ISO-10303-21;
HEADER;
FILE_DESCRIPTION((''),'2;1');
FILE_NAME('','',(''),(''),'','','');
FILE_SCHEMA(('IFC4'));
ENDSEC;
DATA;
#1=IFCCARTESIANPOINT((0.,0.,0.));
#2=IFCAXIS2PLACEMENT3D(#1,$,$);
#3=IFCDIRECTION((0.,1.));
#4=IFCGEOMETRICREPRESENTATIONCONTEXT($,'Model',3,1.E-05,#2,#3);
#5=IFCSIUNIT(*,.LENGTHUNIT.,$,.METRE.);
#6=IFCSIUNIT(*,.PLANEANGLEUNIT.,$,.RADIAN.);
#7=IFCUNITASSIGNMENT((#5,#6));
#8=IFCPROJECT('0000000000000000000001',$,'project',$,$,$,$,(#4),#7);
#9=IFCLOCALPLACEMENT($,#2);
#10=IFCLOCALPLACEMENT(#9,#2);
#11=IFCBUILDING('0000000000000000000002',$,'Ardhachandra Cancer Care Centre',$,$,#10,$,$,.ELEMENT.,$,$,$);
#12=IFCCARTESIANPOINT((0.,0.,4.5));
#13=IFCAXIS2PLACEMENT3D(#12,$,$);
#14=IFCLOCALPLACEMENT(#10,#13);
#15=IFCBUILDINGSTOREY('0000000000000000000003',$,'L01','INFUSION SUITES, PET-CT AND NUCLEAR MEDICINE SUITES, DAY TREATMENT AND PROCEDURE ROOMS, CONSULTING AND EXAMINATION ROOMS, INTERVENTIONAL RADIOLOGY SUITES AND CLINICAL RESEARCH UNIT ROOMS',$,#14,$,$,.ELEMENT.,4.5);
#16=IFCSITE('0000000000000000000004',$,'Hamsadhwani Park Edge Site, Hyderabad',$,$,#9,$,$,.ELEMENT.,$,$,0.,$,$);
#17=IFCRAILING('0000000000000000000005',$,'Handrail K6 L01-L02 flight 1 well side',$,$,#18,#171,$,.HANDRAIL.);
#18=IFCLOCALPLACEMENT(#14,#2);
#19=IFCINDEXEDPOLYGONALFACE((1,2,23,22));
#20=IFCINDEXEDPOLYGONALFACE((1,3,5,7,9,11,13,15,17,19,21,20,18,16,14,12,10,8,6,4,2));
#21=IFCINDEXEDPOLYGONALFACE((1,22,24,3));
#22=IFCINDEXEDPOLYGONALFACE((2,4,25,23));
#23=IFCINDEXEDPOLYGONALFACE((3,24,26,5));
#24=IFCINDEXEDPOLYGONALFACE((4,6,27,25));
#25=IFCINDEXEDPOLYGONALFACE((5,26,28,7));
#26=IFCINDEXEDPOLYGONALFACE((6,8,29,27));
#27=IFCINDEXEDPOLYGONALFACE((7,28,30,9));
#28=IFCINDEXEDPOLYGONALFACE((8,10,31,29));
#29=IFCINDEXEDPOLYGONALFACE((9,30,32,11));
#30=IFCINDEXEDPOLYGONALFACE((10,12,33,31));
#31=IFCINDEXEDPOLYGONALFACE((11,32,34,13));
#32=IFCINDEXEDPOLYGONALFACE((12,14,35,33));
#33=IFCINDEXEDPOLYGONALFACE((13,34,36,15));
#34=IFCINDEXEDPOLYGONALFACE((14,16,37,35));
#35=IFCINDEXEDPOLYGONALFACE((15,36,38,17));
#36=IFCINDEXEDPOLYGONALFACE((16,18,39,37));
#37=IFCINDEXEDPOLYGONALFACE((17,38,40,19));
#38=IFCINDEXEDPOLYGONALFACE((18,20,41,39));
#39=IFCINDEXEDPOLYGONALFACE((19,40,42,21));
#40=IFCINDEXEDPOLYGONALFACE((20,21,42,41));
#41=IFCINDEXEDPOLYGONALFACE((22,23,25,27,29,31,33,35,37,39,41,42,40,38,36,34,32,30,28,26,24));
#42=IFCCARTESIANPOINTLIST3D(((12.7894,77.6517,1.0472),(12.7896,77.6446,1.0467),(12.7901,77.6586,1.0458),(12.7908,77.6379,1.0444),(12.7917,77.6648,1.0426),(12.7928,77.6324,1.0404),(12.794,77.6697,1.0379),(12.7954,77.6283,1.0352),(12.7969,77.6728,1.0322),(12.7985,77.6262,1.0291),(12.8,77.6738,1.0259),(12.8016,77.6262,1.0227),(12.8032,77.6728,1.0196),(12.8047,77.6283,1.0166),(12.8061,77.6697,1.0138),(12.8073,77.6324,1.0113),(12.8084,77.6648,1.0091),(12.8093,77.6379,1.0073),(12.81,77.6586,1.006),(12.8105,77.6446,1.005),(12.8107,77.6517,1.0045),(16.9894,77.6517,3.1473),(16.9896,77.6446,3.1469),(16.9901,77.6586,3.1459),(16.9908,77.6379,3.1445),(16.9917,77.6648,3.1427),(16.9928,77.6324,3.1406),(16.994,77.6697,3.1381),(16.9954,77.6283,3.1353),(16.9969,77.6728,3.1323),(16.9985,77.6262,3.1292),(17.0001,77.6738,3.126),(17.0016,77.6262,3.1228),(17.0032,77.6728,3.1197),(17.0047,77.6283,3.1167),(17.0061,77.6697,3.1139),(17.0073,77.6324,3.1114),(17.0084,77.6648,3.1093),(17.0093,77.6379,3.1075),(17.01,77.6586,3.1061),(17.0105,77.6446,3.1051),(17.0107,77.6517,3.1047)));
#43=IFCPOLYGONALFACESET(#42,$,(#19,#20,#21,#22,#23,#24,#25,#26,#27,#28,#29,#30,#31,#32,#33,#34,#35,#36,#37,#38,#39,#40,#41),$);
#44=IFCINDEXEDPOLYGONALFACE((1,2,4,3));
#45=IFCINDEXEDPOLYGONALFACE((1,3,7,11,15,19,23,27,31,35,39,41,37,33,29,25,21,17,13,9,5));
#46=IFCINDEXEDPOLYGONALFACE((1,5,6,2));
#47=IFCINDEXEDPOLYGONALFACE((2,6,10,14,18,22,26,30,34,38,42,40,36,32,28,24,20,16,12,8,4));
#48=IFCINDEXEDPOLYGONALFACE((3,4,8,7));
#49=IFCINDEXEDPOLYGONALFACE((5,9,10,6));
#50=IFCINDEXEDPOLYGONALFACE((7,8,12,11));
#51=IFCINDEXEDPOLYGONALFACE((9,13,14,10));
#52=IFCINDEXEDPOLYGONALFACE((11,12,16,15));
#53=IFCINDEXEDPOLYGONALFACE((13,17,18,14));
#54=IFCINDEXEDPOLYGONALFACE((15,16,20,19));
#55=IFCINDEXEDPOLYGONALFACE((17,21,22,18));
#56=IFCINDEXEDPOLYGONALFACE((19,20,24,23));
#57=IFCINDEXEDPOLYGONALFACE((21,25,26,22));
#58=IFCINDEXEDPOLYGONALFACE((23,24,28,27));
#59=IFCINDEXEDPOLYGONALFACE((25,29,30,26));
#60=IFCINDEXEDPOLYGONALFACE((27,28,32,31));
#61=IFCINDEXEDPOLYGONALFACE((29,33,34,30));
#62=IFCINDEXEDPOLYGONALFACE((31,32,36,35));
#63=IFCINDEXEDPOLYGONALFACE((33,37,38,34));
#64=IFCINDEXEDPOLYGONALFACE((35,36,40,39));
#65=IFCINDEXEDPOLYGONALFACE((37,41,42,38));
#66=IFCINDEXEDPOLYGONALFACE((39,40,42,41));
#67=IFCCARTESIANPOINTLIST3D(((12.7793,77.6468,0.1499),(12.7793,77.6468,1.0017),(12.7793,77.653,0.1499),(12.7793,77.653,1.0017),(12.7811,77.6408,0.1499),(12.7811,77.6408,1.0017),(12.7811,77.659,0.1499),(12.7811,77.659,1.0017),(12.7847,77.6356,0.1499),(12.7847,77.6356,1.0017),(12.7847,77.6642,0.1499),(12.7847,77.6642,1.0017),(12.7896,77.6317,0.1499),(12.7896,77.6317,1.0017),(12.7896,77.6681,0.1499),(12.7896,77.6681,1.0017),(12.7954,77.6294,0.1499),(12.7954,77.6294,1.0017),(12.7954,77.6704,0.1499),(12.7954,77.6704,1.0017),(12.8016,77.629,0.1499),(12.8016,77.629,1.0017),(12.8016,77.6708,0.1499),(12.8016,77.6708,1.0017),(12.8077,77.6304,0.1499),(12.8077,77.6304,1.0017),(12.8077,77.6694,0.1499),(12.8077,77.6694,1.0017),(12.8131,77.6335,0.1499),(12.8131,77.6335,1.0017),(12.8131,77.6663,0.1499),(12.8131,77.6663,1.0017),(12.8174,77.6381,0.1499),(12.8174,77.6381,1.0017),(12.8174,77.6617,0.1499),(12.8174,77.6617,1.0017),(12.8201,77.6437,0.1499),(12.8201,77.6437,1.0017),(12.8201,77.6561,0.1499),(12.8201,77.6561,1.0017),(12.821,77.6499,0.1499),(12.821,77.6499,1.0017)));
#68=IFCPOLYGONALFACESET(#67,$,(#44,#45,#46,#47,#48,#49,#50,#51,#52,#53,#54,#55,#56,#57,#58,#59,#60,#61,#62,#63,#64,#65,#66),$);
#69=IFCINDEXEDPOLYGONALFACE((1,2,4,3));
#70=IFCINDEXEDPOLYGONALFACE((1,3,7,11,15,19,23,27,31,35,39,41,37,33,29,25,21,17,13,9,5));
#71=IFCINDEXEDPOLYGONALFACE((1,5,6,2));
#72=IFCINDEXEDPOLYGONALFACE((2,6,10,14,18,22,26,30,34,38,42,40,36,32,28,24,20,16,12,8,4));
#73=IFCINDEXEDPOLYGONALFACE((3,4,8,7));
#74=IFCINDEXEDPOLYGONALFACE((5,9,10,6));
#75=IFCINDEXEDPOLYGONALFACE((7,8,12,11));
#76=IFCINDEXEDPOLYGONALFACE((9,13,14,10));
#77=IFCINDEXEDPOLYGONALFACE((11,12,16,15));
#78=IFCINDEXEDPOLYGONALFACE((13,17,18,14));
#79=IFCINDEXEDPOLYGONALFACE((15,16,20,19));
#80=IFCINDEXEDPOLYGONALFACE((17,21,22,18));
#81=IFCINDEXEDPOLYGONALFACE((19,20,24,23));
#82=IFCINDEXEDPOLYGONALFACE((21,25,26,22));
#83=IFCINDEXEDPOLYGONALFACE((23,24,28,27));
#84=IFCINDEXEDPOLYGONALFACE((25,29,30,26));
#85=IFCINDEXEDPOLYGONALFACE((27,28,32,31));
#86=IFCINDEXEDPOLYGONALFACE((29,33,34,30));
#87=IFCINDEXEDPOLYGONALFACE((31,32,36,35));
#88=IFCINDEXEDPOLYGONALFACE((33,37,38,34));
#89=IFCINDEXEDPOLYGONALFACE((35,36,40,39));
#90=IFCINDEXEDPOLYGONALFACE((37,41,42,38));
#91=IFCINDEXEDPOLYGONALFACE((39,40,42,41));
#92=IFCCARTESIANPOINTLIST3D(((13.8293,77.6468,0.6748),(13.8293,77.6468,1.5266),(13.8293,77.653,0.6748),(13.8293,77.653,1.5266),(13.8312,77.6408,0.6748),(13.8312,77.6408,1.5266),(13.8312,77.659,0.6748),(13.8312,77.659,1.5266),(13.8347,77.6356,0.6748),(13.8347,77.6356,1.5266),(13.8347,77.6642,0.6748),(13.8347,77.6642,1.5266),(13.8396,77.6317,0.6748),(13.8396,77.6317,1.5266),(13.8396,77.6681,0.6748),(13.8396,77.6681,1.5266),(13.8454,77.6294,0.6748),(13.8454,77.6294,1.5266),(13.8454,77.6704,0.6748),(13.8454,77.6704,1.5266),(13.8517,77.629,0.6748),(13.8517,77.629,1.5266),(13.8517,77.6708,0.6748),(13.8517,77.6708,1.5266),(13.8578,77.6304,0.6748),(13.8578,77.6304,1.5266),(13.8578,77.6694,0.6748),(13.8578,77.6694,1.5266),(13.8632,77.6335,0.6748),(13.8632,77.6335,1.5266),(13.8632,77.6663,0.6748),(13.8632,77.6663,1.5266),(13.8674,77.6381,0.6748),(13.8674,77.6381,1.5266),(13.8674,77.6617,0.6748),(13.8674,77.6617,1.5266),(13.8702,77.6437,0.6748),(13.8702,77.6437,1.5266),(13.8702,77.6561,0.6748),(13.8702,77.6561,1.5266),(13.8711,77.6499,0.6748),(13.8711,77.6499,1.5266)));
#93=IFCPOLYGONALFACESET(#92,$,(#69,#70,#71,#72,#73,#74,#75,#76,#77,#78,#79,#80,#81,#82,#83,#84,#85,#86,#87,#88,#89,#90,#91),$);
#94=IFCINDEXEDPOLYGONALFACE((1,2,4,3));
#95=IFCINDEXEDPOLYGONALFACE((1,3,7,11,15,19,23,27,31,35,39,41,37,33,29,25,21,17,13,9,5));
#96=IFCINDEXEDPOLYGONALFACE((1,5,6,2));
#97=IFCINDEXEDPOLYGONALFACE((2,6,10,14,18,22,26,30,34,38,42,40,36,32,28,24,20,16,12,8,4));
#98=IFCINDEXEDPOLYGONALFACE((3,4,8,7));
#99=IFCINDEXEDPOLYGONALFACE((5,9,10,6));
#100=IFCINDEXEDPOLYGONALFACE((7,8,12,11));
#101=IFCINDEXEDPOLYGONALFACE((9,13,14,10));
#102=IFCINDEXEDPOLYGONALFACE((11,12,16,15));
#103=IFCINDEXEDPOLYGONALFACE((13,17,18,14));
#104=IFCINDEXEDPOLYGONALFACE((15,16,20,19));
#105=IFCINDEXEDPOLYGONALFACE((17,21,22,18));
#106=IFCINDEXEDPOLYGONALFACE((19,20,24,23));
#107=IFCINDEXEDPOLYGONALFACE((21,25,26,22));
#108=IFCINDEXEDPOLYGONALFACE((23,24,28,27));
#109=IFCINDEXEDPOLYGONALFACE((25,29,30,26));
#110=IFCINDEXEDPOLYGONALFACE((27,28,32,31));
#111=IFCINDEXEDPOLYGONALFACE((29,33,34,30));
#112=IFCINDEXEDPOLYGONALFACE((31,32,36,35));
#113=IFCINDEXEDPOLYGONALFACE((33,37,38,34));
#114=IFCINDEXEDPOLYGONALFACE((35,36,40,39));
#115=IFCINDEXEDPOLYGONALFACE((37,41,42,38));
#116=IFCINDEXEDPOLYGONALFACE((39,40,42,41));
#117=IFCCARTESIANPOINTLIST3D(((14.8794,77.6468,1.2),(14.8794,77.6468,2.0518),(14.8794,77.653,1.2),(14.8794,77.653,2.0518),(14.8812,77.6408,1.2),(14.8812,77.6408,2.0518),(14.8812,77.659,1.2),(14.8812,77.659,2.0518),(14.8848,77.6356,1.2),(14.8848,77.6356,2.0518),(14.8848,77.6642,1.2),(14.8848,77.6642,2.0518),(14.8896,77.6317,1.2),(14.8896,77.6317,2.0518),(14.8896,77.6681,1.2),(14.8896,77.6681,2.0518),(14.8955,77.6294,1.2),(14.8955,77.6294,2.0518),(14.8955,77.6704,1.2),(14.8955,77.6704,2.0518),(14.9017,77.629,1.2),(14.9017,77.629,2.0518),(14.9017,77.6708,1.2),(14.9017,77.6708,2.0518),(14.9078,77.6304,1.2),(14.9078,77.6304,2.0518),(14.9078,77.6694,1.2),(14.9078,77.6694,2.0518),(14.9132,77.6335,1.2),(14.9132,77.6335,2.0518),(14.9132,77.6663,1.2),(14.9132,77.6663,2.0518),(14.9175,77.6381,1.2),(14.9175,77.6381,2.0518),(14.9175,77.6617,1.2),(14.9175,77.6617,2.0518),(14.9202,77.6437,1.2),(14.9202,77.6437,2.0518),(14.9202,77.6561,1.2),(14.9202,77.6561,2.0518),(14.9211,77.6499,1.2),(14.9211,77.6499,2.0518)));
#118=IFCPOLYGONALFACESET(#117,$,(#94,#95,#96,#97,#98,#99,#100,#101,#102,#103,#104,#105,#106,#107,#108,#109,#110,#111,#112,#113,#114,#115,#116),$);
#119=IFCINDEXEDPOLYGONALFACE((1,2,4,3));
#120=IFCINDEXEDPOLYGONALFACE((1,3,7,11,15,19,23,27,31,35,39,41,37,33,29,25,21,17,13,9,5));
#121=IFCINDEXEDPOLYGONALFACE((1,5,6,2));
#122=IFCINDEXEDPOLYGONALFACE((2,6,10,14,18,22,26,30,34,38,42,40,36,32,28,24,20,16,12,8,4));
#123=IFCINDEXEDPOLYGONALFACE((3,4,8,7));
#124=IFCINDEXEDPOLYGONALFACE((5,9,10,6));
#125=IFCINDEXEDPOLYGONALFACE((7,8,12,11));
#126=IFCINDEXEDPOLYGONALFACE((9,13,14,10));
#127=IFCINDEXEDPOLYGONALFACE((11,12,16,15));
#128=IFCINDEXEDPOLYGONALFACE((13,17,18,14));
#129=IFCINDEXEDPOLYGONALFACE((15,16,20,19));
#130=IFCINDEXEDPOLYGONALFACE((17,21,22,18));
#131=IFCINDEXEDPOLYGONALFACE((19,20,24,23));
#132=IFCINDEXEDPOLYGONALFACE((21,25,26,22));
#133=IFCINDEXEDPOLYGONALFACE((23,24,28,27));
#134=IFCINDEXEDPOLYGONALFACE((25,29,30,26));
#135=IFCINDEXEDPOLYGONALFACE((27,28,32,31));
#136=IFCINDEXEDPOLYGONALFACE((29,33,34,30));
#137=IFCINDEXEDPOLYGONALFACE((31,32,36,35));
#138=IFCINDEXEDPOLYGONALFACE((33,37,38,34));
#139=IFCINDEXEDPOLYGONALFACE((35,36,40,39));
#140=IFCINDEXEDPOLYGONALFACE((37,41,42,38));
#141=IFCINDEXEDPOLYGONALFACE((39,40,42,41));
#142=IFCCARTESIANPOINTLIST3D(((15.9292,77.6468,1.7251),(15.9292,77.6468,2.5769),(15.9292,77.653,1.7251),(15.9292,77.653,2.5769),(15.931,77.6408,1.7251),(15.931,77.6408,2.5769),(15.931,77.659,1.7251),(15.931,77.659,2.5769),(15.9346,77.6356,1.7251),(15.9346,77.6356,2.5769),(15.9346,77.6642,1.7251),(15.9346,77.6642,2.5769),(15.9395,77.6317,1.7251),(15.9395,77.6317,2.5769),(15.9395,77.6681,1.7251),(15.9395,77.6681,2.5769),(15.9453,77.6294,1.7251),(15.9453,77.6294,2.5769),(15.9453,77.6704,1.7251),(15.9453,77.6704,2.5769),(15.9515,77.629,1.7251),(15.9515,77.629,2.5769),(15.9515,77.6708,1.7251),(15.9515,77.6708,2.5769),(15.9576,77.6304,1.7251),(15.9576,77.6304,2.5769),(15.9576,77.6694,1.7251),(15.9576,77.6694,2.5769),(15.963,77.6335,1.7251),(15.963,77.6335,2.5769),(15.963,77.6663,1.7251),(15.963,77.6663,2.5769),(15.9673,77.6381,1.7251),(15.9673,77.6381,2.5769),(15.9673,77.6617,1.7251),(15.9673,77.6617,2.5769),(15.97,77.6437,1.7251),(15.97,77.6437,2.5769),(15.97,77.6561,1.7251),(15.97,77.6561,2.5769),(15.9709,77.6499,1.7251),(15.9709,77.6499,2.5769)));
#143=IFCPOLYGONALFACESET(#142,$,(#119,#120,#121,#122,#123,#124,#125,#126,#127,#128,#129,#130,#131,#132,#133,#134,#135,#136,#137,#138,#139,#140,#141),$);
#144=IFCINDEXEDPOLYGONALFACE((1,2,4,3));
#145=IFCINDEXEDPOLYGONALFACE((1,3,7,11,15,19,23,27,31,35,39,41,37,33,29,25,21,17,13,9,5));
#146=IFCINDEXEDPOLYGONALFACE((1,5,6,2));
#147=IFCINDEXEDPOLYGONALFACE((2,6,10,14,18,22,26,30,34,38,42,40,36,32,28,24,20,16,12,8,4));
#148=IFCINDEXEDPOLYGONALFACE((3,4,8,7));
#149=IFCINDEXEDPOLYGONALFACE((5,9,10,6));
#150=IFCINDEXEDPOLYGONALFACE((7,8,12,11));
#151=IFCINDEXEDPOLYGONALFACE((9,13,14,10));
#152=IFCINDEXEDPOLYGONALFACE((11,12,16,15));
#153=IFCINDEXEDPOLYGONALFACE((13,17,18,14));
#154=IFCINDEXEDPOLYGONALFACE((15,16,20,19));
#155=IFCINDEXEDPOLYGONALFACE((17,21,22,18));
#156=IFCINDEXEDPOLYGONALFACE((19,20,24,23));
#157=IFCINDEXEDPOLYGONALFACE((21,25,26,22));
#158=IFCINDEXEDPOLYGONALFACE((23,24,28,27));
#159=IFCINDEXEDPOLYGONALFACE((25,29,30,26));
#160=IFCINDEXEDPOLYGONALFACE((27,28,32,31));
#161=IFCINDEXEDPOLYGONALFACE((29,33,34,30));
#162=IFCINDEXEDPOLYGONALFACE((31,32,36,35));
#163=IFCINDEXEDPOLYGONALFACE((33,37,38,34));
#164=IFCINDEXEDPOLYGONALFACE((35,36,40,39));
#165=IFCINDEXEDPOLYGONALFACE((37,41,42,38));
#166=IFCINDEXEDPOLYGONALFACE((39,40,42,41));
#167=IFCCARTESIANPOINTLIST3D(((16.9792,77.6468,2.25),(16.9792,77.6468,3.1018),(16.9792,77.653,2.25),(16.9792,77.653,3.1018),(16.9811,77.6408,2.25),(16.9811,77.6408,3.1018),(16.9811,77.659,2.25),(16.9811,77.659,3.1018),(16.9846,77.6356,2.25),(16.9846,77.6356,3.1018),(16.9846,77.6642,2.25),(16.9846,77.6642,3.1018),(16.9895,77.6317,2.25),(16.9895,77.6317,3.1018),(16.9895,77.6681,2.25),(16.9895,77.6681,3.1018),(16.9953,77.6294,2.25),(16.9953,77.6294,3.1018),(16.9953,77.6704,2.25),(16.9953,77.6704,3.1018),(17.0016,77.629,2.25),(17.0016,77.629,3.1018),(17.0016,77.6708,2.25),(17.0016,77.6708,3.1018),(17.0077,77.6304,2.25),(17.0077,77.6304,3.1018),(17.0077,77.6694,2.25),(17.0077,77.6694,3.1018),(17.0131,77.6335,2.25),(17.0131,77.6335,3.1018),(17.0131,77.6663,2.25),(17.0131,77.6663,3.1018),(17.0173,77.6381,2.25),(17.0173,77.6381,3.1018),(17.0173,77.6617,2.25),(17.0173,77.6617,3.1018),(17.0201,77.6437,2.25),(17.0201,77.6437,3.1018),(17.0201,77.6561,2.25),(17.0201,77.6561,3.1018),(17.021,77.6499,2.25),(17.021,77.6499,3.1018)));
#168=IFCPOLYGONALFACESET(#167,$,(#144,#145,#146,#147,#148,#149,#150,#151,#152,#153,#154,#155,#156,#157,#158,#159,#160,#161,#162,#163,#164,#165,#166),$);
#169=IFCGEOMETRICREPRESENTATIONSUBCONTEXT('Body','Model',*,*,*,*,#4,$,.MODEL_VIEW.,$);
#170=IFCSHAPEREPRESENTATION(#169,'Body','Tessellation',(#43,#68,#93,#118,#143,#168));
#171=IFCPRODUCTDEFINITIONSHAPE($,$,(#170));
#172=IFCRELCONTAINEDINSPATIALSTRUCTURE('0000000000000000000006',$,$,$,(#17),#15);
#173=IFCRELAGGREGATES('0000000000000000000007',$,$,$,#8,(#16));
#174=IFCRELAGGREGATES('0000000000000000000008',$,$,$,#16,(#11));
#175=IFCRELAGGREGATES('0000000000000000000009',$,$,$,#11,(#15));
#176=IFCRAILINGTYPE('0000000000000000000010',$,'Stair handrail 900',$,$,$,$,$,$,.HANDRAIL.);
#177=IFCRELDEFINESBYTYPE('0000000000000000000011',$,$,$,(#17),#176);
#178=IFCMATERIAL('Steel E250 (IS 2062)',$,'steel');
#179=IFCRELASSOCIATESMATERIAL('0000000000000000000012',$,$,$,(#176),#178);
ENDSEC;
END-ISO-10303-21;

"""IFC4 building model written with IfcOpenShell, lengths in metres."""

from ifc_helpers import new_model, si_unit, direction, frame, origin, origin_2d, place, context, subcontext, project, spatial, circle, extrude, material, type_object, element, save


model = new_model("IFC4")

# Units and contexts
model_context = context("Model", 3, precision=1e-05, world=origin(), true_north=direction((0.0, 1.0)))
body_context = subcontext(model_context, "Body", "Model", "MODEL_VIEW")
ifc_project = project(units=[si_unit("LENGTHUNIT", "METRE"), si_unit("PLANEANGLEUNIT", "RADIAN")], contexts=[model_context])

# Site, building, storey
site_placement = place(None, origin())
site = spatial("IfcSite", under=ifc_project, at=site_placement, Name="Hamsadhwani Park Edge Site, Hyderabad", CompositionType="ELEMENT", RefElevation=0.0)
building_placement = place(site_placement, origin())
building = spatial("IfcBuilding", under=site, at=building_placement, Name="Ardhachandra Cancer Care Centre", CompositionType="ELEMENT")
storey_placement = place(building_placement, frame((0.0, 0.0, 4.5)))
storey = spatial("IfcBuildingStorey", under=building, at=storey_placement, Name="L01", Description="INFUSION SUITES, PET-CT AND NUCLEAR MEDICINE SUITES, DAY TREATMENT AND PROCEDURE ROOMS, CONSULTING AND EXAMINATION ROOMS, INTERVENTIONAL RADIOLOGY SUITES AND CLINICAL RESEARCH UNIT ROOMS", CompositionType="ELEMENT", Elevation=4.5)

# Railing
ifc_material_1 = material(Name="Steel E250 (IS 2062)", Category="steel")
railing_type_1 = type_object("IfcRailingType", Name="Stair handrail 900", PredefinedType="HANDRAIL", material=ifc_material_1)
for number, where, name in (
    (1, (12.8, 77.6499, 0.1499), "Handrail K6 L01-L02 flight 1 well side"),
):
    element("IfcRailing", number, at=place(storey_placement, frame(where)), inside=storey, type_object=railing_type_1, Name=name, PredefinedType="HANDRAIL", context=body_context, shape_type="SweptSolid", body=[
        extrude(circle(Radius=0.0239, at=origin_2d()), frame((0.0, 0.0, 0.876), z_axis=(0.894417, 0.0, 0.447234), x_axis=(0.0, 1.0, 0.0)), (0.0, 0.0, 1.0), 4.6958),
        extrude(circle(Radius=0.021, at=origin_2d()), origin(), (0.0, 0.0, 1.0), 0.8518),
        extrude(circle(Radius=0.021, at=origin_2d()), frame((1.05, 0.0, 0.5249)), (0.0, 0.0, 1.0), 0.8518),
        extrude(circle(Radius=0.021, at=origin_2d()), frame((2.1001, 0.0, 1.05)), (0.0, 0.0, 1.0), 0.8518),
        extrude(circle(Radius=0.021, at=origin_2d()), frame((3.1499, 0.0, 1.5752)), (0.0, 0.0, 1.0), 0.8518),
        extrude(circle(Radius=0.021, at=origin_2d()), frame((4.2, 0.0, 2.1001)), (0.0, 0.0, 1.0), 0.8518),
    ])

save(model, "model.ifc")
